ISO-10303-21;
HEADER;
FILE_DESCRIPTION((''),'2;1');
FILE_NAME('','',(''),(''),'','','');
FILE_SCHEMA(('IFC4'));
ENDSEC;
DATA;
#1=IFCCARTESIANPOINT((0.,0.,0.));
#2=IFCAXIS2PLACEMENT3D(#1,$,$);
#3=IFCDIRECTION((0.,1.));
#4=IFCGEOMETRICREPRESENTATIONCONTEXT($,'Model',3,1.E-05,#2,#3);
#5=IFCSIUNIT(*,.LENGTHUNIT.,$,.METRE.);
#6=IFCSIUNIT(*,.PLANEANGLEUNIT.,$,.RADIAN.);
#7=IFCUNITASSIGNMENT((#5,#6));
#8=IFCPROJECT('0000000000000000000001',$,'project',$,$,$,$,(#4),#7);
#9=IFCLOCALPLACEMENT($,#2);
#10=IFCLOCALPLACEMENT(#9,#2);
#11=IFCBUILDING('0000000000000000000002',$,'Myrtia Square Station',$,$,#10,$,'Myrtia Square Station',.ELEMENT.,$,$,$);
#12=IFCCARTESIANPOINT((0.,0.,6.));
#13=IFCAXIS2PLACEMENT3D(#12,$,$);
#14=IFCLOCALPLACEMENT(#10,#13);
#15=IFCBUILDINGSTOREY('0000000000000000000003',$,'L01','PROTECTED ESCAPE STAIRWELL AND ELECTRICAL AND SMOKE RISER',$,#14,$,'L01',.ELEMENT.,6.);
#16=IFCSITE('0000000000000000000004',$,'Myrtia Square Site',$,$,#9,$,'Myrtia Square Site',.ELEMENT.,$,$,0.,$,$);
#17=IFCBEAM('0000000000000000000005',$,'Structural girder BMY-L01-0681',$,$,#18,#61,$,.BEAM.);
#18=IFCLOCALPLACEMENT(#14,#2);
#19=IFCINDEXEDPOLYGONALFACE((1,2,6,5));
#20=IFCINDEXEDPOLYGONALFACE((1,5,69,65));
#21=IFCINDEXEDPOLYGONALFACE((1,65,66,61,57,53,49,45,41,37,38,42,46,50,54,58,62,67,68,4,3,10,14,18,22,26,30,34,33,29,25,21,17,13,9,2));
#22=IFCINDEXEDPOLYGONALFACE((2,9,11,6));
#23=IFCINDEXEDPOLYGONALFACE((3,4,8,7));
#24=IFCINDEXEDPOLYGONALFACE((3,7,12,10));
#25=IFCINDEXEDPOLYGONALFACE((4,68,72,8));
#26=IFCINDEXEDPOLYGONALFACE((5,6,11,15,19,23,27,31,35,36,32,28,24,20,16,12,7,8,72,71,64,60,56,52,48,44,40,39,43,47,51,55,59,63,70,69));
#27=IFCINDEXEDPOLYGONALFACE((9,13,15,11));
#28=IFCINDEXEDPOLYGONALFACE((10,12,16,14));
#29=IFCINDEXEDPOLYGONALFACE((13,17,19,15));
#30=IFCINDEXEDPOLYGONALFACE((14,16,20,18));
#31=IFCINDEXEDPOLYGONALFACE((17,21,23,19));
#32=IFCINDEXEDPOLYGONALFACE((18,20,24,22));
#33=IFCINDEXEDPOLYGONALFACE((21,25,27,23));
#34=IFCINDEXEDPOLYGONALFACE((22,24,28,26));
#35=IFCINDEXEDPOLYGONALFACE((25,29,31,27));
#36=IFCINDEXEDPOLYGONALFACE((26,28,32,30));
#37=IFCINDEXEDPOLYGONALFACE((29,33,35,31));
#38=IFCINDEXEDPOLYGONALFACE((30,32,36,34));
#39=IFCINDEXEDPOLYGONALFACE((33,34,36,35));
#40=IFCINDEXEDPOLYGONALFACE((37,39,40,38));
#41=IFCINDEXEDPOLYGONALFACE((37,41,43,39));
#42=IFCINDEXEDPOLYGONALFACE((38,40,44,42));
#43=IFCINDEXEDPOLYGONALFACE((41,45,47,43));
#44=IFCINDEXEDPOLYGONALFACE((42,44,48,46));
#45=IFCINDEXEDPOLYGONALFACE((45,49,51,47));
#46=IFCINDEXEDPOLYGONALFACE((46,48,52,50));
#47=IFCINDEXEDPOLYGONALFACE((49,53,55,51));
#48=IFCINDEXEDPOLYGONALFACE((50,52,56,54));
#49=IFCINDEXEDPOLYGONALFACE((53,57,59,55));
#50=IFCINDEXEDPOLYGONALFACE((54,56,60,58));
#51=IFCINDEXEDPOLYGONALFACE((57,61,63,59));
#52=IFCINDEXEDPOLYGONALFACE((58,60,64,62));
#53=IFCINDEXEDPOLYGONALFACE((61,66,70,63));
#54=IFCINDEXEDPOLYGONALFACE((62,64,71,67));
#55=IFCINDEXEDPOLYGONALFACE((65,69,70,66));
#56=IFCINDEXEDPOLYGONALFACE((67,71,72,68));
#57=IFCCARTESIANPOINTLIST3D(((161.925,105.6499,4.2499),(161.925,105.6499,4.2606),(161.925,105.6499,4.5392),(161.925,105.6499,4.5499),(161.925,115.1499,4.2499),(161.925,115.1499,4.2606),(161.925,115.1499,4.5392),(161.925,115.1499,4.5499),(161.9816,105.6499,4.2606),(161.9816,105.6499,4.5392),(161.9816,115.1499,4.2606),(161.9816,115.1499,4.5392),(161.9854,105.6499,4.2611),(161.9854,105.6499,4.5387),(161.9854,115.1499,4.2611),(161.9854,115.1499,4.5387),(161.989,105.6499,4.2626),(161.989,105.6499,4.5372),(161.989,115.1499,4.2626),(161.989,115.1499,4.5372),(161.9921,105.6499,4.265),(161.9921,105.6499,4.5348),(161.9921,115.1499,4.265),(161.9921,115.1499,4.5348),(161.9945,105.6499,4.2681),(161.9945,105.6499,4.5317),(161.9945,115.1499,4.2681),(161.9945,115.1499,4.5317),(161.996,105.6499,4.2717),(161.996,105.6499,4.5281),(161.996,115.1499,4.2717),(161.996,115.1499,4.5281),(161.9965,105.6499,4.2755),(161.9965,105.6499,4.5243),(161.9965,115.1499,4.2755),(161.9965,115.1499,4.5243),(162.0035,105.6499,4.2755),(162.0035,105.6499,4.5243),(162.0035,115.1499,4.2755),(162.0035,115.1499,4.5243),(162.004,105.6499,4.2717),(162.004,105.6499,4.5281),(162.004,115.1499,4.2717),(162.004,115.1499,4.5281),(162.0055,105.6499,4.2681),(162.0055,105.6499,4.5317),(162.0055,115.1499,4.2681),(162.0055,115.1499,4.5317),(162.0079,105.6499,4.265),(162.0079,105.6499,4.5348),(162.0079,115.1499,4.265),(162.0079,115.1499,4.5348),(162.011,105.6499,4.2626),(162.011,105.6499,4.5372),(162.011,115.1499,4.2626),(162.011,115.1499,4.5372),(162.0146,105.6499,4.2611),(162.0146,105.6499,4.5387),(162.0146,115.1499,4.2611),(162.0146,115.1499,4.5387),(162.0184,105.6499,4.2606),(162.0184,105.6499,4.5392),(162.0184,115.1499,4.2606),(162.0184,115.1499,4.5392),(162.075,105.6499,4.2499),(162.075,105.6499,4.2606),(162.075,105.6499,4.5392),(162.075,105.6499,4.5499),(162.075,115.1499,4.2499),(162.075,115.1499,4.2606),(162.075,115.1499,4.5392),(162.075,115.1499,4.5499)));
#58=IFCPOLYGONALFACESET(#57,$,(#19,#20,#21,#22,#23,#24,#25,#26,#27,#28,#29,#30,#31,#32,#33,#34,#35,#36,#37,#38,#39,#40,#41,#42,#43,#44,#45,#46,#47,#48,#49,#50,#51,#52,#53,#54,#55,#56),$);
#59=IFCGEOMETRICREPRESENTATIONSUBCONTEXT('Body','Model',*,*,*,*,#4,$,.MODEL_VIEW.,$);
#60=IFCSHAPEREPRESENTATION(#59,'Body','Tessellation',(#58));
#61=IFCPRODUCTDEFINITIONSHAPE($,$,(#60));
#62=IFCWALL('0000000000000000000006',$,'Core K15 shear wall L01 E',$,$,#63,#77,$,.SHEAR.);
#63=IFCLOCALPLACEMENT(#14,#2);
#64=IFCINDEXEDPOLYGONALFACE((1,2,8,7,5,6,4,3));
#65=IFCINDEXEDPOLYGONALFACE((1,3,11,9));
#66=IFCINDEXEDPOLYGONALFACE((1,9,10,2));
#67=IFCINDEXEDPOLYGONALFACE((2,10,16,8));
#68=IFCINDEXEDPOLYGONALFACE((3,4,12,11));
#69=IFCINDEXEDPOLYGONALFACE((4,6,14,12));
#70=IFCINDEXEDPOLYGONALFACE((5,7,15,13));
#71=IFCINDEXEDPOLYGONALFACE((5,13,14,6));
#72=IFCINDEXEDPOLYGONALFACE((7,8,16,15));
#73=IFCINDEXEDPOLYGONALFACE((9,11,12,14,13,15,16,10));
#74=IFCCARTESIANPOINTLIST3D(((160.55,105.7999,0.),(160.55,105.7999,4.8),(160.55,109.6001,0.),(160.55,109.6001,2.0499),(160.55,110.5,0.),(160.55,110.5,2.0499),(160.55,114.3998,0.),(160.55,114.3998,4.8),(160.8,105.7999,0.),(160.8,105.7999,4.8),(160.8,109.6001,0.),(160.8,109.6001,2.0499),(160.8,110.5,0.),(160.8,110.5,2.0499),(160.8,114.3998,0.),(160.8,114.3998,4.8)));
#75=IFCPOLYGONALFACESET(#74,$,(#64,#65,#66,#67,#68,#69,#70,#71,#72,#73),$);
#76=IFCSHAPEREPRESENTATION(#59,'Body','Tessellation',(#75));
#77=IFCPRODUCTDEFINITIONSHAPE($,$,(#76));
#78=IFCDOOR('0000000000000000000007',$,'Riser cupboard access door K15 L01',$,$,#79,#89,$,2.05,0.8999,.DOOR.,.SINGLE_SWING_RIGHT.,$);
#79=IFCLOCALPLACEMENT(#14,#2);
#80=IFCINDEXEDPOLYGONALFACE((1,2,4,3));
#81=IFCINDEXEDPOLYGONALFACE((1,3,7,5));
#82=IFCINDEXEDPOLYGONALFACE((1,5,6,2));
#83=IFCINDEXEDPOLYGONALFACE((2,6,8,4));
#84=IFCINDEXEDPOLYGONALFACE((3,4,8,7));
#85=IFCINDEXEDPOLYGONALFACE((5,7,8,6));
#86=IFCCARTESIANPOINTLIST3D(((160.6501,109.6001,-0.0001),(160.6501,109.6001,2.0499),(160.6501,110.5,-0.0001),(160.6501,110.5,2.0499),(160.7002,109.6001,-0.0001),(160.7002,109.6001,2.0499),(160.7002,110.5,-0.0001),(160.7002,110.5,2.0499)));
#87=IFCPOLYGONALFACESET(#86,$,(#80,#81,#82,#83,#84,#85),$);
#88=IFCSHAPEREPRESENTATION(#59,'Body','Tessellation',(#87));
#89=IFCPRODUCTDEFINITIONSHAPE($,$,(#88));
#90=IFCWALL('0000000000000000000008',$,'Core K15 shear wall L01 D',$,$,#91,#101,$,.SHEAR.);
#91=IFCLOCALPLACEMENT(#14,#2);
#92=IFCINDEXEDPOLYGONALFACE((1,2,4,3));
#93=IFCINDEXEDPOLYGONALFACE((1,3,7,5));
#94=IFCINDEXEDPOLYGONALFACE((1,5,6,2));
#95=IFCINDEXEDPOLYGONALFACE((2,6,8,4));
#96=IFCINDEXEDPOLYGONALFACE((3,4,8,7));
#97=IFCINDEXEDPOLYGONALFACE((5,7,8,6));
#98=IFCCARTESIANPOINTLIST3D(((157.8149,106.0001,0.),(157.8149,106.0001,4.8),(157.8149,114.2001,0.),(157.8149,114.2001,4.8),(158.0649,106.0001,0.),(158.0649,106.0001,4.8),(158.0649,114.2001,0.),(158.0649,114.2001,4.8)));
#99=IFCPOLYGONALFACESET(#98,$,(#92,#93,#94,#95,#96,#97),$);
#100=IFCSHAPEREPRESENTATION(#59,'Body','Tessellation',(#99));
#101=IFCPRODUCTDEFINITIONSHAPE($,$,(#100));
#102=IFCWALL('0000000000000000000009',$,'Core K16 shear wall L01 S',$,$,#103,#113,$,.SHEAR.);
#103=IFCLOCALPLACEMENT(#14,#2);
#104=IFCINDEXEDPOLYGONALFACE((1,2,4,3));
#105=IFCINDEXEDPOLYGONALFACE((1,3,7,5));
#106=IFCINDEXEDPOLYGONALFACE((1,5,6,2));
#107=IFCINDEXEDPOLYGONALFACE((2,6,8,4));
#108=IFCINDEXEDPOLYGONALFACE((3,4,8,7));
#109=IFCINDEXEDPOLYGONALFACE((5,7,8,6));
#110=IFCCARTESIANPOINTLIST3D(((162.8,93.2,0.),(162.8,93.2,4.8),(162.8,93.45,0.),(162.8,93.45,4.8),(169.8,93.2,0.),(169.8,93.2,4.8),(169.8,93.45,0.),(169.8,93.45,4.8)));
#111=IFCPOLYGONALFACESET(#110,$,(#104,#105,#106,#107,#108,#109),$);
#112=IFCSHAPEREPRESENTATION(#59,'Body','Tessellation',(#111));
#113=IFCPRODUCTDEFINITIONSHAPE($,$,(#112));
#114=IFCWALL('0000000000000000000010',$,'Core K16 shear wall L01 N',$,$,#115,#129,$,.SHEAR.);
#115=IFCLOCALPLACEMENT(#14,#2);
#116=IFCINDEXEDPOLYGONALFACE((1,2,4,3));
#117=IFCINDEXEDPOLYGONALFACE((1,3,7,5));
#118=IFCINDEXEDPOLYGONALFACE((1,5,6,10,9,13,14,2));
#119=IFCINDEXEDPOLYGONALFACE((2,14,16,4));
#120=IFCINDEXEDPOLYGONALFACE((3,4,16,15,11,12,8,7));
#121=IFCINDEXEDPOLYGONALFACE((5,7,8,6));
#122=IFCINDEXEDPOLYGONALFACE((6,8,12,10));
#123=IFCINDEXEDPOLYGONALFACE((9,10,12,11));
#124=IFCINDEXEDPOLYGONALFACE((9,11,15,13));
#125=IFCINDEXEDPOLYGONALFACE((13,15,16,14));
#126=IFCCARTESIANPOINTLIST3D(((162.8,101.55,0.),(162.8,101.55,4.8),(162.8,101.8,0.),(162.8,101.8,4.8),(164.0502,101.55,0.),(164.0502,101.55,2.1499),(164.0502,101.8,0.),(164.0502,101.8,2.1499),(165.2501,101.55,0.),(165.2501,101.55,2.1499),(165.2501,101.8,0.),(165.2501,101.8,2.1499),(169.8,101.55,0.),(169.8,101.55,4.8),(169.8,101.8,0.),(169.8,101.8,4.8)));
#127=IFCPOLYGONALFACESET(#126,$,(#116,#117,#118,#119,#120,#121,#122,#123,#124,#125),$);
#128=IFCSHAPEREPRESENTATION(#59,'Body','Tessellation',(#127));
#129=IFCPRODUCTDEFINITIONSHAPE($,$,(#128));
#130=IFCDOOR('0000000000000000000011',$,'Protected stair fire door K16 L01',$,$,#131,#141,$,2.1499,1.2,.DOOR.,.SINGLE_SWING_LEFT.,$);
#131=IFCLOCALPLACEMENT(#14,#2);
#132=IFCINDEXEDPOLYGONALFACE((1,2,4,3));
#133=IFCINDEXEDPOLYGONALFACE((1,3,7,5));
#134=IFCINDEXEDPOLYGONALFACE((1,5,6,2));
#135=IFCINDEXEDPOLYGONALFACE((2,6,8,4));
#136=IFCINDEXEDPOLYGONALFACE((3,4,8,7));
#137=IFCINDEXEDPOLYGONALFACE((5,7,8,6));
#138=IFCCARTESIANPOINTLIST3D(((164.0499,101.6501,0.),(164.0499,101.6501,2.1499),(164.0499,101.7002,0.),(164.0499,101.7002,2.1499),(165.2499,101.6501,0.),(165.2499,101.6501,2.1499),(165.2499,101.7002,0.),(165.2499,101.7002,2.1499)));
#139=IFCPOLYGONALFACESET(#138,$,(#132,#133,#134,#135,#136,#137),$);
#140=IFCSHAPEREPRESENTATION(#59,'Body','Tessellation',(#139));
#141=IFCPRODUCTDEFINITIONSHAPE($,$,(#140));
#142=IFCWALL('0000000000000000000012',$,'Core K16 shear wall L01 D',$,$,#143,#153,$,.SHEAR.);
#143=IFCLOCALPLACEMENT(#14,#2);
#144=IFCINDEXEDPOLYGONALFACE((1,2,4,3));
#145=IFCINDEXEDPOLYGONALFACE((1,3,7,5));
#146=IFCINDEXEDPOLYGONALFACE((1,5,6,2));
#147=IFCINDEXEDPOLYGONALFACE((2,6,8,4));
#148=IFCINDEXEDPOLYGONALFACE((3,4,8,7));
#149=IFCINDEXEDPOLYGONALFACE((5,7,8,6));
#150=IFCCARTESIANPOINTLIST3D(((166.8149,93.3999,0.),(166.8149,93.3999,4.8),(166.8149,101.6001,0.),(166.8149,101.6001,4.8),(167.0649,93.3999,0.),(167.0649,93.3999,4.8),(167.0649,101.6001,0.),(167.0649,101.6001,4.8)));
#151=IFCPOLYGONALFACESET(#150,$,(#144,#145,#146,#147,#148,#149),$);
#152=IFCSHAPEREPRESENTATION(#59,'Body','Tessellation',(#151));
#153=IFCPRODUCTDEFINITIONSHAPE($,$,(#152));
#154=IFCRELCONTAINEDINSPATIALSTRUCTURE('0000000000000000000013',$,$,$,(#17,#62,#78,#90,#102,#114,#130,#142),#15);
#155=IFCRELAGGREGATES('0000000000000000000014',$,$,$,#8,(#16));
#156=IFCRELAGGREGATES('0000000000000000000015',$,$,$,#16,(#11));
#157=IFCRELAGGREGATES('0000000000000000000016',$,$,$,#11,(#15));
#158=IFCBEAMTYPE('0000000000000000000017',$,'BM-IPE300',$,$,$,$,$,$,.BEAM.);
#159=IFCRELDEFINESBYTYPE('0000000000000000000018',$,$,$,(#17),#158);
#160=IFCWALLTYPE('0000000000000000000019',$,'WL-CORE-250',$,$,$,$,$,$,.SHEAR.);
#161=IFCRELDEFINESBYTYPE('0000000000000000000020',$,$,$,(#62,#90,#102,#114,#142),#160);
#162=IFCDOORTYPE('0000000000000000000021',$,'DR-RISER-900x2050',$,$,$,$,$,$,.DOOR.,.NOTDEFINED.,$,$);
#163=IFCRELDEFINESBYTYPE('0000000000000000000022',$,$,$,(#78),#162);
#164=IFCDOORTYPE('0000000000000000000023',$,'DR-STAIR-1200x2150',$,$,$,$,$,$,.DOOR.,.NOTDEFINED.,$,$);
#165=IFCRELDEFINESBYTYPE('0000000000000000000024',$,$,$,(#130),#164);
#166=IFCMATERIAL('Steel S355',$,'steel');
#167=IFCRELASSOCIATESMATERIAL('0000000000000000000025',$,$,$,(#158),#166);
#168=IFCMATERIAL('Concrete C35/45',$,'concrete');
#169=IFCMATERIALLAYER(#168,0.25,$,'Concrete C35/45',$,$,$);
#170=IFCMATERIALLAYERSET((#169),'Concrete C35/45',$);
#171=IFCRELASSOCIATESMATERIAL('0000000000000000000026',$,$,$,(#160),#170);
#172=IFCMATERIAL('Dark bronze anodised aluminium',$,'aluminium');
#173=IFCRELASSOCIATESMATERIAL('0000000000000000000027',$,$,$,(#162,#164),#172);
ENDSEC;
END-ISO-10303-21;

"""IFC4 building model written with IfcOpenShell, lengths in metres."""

from ifc_helpers import new_model, si_unit, direction, frame, frame_2d, origin, origin_2d, place, context, subcontext, project, spatial, rectangle, i_section, extrude, material, layer, layer_set, material_profile, profile_set, type_object, element, fill, save


model = new_model("IFC4")

# Units and contexts
model_context = context("Model", 3, precision=1e-05, world=origin(), true_north=direction((0.0, 1.0)))
body_context = subcontext(model_context, "Body", "Model", "MODEL_VIEW")
ifc_project = project(units=[si_unit("LENGTHUNIT", "METRE"), si_unit("PLANEANGLEUNIT", "RADIAN")], contexts=[model_context])

# Site, building, storey
site_placement = place(None, origin())
site = spatial("IfcSite", under=ifc_project, at=site_placement, Name="Myrtia Square Site", LongName="Myrtia Square Site", CompositionType="ELEMENT", RefElevation=0.0)
building_placement = place(site_placement, origin())
building = spatial("IfcBuilding", under=site, at=building_placement, Name="Myrtia Square Station", LongName="Myrtia Square Station", CompositionType="ELEMENT")
storey_placement = place(building_placement, frame((0.0, 0.0, 6.0)))
storey = spatial("IfcBuildingStorey", under=building, at=storey_placement, Name="L01", Description="PROTECTED ESCAPE STAIRWELL AND ELECTRICAL AND SMOKE RISER", LongName="L01", CompositionType="ELEMENT", Elevation=6.0)

# Shared definitions
ifc_material_1 = material(Name="Steel S355", Category="steel")

# Beam
ifc_material_profile_1 = material_profile(ifc_material_1, i_section(OverallWidth=0.1499, OverallDepth=0.3, WebThickness=0.0071, FlangeThickness=0.0107, FilletRadius=0.0149, at=origin_2d()), Name="IPE 300")
ifc_profile_set_1 = profile_set([ifc_material_profile_1], Name="Steel S355")
beam_type_1 = type_object("IfcBeamType", Name="BM-IPE300", PredefinedType="BEAM", material=ifc_profile_set_1)
for number, where, z_axis, x_axis, name in (
    (1, (162.0, 105.6499, 4.3999), (0.0, 1.0, 0.0), (-1.0, 0.0, 0.0), "Structural girder BMY-L01-0681"),
):
    element("IfcBeam", number, at=place(storey_placement, frame(where, z_axis=z_axis, x_axis=x_axis)), inside=storey, type_object=beam_type_1, Name=name, PredefinedType="BEAM", context=body_context, shape_type="SweptSolid", body=[
        extrude(i_section(OverallWidth=0.1499, OverallDepth=0.3, WebThickness=0.0071, FlangeThickness=0.0107, FilletRadius=0.0149, at=origin_2d()), origin(), (0.0, 0.0, 1.0), 9.5),
    ])

# Wall, opening, door
ifc_material_2 = material(Name="Concrete C35/45", Category="concrete")
ifc_layer_1 = layer(ifc_material_2, 0.25, Name="Concrete C35/45")
ifc_layer_set_1 = layer_set([ifc_layer_1], Name="Concrete C35/45")
wall_type_1 = type_object("IfcWallType", Name="WL-CORE-250", PredefinedType="SHEAR", material=ifc_layer_set_1)
wall_1_placement = place(storey_placement, frame((160.675, 105.8, 0.0), z_axis=(0.0, 0.0, 1.0), x_axis=(0.0, 1.0, 0.0)))
wall_1 = element("IfcWall", 2, at=wall_1_placement, inside=storey, type_object=wall_type_1, Name="Core K15 shear wall L01 E", PredefinedType="SHEAR", context=body_context, shape_type="SweptSolid", body=[
    extrude(rectangle(XDim=8.5999, YDim=0.25, at=frame_2d((4.2998, 0.0))), origin(), (0.0, 0.0, 1.0), 4.8),
])
opening_1_placement = place(wall_1_placement, frame((3.8, 0.0, 0.0)))
opening_1 = element("IfcOpeningElement", 3, at=opening_1_placement, cuts=wall_1, PredefinedType="OPENING", context=body_context, shape_type="SweptSolid", body=[
    extrude(rectangle(XDim=0.8999, YDim=2.05, at=frame_2d((0.45, 1.0249))), frame((0.0, 0.1399, 0.0), z_axis=(0.0, -1.0, 0.0), x_axis=(1.0, 0.0, 0.0)), (0.0, 0.0, 1.0), 0.28),
])
ifc_material_3 = material(Name="Dark bronze anodised aluminium", Category="aluminium")
door_type_1 = type_object("IfcDoorType", Name="DR-RISER-900x2050", OperationType="NOTDEFINED", PredefinedType="DOOR", material=ifc_material_3)
door_1_placement = place(opening_1_placement, origin())
door_1 = element("IfcDoor", 4, at=door_1_placement, inside=storey, type_object=door_type_1, Name="Riser cupboard access door K15 L01", OperationType="SINGLE_SWING_RIGHT", OverallHeight=2.05, OverallWidth=0.8999, PredefinedType="DOOR", context=body_context, shape_type="SweptSolid", body=[
    extrude(rectangle(XDim=0.8999, YDim=2.05, at=frame_2d((0.45, 1.0249))), frame((0.0, 0.0249, 0.0), z_axis=(0.0, -1.0, 0.0), x_axis=(1.0, 0.0, 0.0)), (0.0, 0.0, 1.0), 0.05),
])
fill(opening_1, door_1)

# Walls
wall_2_placement = place(storey_placement, frame((157.9399, 106.0, 0.0), z_axis=(0.0, 0.0, 1.0), x_axis=(0.0, 1.0, 0.0)))
element("IfcWall", 5, at=wall_2_placement, inside=storey, type_object=wall_type_1, Name="Core K15 shear wall L01 D", PredefinedType="SHEAR", context=body_context, shape_type="SweptSolid", body=[
    extrude(rectangle(XDim=8.2, YDim=0.25, at=frame_2d((4.1001, 0.0))), origin(), (0.0, 0.0, 1.0), 4.8),
])
wall_3_placement = place(storey_placement, frame((162.8, 93.325, 0.0), z_axis=(0.0, 0.0, 1.0), x_axis=(1.0, 0.0, 0.0)))
element("IfcWall", 6, at=wall_3_placement, inside=storey, type_object=wall_type_1, Name="Core K16 shear wall L01 S", PredefinedType="SHEAR", context=body_context, shape_type="SweptSolid", body=[
    extrude(rectangle(XDim=7.0, YDim=0.25, at=frame_2d((3.5, 0.0))), origin(), (0.0, 0.0, 1.0), 4.8),
])

# Wall, opening, door
wall_4_placement = place(storey_placement, frame((162.8, 101.675, 0.0), z_axis=(0.0, 0.0, 1.0), x_axis=(1.0, 0.0, 0.0)))
wall_4 = element("IfcWall", 7, at=wall_4_placement, inside=storey, type_object=wall_type_1, Name="Core K16 shear wall L01 N", PredefinedType="SHEAR", context=body_context, shape_type="SweptSolid", body=[
    extrude(rectangle(XDim=7.0, YDim=0.25, at=frame_2d((3.5, 0.0))), origin(), (0.0, 0.0, 1.0), 4.8),
])
opening_2_placement = place(wall_4_placement, frame((1.25, 0.0, 0.0)))
opening_2 = element("IfcOpeningElement", 8, at=opening_2_placement, cuts=wall_4, PredefinedType="OPENING", context=body_context, shape_type="SweptSolid", body=[
    extrude(rectangle(XDim=1.2, YDim=2.1499, at=frame_2d((0.6001, 1.075))), frame((0.0, 0.1399, 0.0), z_axis=(0.0, -1.0, 0.0), x_axis=(1.0, 0.0, 0.0)), (0.0, 0.0, 1.0), 0.28),
])
door_type_2 = type_object("IfcDoorType", Name="DR-STAIR-1200x2150", OperationType="NOTDEFINED", PredefinedType="DOOR", material=ifc_material_3)
door_2_placement = place(opening_2_placement, frame((1.2, 0.0, 0.0), z_axis=(0.0, 0.0, 1.0), x_axis=(-1.0, 0.0, 0.0)))
door_2 = element("IfcDoor", 9, at=door_2_placement, inside=storey, type_object=door_type_2, Name="Protected stair fire door K16 L01", OperationType="SINGLE_SWING_LEFT", OverallHeight=2.1499, OverallWidth=1.2, PredefinedType="DOOR", context=body_context, shape_type="SweptSolid", body=[
    extrude(rectangle(XDim=1.2, YDim=2.1499, at=frame_2d((0.6001, 1.075))), frame((0.0, 0.0249, 0.0), z_axis=(0.0, -1.0, 0.0), x_axis=(1.0, 0.0, 0.0)), (0.0, 0.0, 1.0), 0.05),
])
fill(opening_2, door_2)

# Wall
wall_5_placement = place(storey_placement, frame((166.9399, 93.3999, 0.0), z_axis=(0.0, 0.0, 1.0), x_axis=(0.0, 1.0, 0.0)))
element("IfcWall", 10, at=wall_5_placement, inside=storey, type_object=wall_type_1, Name="Core K16 shear wall L01 D", PredefinedType="SHEAR", context=body_context, shape_type="SweptSolid", body=[
    extrude(rectangle(XDim=8.2002, YDim=0.25, at=frame_2d((4.1001, 0.0))), origin(), (0.0, 0.0, 1.0), 4.8),
])

save(model, "model.ifc")
